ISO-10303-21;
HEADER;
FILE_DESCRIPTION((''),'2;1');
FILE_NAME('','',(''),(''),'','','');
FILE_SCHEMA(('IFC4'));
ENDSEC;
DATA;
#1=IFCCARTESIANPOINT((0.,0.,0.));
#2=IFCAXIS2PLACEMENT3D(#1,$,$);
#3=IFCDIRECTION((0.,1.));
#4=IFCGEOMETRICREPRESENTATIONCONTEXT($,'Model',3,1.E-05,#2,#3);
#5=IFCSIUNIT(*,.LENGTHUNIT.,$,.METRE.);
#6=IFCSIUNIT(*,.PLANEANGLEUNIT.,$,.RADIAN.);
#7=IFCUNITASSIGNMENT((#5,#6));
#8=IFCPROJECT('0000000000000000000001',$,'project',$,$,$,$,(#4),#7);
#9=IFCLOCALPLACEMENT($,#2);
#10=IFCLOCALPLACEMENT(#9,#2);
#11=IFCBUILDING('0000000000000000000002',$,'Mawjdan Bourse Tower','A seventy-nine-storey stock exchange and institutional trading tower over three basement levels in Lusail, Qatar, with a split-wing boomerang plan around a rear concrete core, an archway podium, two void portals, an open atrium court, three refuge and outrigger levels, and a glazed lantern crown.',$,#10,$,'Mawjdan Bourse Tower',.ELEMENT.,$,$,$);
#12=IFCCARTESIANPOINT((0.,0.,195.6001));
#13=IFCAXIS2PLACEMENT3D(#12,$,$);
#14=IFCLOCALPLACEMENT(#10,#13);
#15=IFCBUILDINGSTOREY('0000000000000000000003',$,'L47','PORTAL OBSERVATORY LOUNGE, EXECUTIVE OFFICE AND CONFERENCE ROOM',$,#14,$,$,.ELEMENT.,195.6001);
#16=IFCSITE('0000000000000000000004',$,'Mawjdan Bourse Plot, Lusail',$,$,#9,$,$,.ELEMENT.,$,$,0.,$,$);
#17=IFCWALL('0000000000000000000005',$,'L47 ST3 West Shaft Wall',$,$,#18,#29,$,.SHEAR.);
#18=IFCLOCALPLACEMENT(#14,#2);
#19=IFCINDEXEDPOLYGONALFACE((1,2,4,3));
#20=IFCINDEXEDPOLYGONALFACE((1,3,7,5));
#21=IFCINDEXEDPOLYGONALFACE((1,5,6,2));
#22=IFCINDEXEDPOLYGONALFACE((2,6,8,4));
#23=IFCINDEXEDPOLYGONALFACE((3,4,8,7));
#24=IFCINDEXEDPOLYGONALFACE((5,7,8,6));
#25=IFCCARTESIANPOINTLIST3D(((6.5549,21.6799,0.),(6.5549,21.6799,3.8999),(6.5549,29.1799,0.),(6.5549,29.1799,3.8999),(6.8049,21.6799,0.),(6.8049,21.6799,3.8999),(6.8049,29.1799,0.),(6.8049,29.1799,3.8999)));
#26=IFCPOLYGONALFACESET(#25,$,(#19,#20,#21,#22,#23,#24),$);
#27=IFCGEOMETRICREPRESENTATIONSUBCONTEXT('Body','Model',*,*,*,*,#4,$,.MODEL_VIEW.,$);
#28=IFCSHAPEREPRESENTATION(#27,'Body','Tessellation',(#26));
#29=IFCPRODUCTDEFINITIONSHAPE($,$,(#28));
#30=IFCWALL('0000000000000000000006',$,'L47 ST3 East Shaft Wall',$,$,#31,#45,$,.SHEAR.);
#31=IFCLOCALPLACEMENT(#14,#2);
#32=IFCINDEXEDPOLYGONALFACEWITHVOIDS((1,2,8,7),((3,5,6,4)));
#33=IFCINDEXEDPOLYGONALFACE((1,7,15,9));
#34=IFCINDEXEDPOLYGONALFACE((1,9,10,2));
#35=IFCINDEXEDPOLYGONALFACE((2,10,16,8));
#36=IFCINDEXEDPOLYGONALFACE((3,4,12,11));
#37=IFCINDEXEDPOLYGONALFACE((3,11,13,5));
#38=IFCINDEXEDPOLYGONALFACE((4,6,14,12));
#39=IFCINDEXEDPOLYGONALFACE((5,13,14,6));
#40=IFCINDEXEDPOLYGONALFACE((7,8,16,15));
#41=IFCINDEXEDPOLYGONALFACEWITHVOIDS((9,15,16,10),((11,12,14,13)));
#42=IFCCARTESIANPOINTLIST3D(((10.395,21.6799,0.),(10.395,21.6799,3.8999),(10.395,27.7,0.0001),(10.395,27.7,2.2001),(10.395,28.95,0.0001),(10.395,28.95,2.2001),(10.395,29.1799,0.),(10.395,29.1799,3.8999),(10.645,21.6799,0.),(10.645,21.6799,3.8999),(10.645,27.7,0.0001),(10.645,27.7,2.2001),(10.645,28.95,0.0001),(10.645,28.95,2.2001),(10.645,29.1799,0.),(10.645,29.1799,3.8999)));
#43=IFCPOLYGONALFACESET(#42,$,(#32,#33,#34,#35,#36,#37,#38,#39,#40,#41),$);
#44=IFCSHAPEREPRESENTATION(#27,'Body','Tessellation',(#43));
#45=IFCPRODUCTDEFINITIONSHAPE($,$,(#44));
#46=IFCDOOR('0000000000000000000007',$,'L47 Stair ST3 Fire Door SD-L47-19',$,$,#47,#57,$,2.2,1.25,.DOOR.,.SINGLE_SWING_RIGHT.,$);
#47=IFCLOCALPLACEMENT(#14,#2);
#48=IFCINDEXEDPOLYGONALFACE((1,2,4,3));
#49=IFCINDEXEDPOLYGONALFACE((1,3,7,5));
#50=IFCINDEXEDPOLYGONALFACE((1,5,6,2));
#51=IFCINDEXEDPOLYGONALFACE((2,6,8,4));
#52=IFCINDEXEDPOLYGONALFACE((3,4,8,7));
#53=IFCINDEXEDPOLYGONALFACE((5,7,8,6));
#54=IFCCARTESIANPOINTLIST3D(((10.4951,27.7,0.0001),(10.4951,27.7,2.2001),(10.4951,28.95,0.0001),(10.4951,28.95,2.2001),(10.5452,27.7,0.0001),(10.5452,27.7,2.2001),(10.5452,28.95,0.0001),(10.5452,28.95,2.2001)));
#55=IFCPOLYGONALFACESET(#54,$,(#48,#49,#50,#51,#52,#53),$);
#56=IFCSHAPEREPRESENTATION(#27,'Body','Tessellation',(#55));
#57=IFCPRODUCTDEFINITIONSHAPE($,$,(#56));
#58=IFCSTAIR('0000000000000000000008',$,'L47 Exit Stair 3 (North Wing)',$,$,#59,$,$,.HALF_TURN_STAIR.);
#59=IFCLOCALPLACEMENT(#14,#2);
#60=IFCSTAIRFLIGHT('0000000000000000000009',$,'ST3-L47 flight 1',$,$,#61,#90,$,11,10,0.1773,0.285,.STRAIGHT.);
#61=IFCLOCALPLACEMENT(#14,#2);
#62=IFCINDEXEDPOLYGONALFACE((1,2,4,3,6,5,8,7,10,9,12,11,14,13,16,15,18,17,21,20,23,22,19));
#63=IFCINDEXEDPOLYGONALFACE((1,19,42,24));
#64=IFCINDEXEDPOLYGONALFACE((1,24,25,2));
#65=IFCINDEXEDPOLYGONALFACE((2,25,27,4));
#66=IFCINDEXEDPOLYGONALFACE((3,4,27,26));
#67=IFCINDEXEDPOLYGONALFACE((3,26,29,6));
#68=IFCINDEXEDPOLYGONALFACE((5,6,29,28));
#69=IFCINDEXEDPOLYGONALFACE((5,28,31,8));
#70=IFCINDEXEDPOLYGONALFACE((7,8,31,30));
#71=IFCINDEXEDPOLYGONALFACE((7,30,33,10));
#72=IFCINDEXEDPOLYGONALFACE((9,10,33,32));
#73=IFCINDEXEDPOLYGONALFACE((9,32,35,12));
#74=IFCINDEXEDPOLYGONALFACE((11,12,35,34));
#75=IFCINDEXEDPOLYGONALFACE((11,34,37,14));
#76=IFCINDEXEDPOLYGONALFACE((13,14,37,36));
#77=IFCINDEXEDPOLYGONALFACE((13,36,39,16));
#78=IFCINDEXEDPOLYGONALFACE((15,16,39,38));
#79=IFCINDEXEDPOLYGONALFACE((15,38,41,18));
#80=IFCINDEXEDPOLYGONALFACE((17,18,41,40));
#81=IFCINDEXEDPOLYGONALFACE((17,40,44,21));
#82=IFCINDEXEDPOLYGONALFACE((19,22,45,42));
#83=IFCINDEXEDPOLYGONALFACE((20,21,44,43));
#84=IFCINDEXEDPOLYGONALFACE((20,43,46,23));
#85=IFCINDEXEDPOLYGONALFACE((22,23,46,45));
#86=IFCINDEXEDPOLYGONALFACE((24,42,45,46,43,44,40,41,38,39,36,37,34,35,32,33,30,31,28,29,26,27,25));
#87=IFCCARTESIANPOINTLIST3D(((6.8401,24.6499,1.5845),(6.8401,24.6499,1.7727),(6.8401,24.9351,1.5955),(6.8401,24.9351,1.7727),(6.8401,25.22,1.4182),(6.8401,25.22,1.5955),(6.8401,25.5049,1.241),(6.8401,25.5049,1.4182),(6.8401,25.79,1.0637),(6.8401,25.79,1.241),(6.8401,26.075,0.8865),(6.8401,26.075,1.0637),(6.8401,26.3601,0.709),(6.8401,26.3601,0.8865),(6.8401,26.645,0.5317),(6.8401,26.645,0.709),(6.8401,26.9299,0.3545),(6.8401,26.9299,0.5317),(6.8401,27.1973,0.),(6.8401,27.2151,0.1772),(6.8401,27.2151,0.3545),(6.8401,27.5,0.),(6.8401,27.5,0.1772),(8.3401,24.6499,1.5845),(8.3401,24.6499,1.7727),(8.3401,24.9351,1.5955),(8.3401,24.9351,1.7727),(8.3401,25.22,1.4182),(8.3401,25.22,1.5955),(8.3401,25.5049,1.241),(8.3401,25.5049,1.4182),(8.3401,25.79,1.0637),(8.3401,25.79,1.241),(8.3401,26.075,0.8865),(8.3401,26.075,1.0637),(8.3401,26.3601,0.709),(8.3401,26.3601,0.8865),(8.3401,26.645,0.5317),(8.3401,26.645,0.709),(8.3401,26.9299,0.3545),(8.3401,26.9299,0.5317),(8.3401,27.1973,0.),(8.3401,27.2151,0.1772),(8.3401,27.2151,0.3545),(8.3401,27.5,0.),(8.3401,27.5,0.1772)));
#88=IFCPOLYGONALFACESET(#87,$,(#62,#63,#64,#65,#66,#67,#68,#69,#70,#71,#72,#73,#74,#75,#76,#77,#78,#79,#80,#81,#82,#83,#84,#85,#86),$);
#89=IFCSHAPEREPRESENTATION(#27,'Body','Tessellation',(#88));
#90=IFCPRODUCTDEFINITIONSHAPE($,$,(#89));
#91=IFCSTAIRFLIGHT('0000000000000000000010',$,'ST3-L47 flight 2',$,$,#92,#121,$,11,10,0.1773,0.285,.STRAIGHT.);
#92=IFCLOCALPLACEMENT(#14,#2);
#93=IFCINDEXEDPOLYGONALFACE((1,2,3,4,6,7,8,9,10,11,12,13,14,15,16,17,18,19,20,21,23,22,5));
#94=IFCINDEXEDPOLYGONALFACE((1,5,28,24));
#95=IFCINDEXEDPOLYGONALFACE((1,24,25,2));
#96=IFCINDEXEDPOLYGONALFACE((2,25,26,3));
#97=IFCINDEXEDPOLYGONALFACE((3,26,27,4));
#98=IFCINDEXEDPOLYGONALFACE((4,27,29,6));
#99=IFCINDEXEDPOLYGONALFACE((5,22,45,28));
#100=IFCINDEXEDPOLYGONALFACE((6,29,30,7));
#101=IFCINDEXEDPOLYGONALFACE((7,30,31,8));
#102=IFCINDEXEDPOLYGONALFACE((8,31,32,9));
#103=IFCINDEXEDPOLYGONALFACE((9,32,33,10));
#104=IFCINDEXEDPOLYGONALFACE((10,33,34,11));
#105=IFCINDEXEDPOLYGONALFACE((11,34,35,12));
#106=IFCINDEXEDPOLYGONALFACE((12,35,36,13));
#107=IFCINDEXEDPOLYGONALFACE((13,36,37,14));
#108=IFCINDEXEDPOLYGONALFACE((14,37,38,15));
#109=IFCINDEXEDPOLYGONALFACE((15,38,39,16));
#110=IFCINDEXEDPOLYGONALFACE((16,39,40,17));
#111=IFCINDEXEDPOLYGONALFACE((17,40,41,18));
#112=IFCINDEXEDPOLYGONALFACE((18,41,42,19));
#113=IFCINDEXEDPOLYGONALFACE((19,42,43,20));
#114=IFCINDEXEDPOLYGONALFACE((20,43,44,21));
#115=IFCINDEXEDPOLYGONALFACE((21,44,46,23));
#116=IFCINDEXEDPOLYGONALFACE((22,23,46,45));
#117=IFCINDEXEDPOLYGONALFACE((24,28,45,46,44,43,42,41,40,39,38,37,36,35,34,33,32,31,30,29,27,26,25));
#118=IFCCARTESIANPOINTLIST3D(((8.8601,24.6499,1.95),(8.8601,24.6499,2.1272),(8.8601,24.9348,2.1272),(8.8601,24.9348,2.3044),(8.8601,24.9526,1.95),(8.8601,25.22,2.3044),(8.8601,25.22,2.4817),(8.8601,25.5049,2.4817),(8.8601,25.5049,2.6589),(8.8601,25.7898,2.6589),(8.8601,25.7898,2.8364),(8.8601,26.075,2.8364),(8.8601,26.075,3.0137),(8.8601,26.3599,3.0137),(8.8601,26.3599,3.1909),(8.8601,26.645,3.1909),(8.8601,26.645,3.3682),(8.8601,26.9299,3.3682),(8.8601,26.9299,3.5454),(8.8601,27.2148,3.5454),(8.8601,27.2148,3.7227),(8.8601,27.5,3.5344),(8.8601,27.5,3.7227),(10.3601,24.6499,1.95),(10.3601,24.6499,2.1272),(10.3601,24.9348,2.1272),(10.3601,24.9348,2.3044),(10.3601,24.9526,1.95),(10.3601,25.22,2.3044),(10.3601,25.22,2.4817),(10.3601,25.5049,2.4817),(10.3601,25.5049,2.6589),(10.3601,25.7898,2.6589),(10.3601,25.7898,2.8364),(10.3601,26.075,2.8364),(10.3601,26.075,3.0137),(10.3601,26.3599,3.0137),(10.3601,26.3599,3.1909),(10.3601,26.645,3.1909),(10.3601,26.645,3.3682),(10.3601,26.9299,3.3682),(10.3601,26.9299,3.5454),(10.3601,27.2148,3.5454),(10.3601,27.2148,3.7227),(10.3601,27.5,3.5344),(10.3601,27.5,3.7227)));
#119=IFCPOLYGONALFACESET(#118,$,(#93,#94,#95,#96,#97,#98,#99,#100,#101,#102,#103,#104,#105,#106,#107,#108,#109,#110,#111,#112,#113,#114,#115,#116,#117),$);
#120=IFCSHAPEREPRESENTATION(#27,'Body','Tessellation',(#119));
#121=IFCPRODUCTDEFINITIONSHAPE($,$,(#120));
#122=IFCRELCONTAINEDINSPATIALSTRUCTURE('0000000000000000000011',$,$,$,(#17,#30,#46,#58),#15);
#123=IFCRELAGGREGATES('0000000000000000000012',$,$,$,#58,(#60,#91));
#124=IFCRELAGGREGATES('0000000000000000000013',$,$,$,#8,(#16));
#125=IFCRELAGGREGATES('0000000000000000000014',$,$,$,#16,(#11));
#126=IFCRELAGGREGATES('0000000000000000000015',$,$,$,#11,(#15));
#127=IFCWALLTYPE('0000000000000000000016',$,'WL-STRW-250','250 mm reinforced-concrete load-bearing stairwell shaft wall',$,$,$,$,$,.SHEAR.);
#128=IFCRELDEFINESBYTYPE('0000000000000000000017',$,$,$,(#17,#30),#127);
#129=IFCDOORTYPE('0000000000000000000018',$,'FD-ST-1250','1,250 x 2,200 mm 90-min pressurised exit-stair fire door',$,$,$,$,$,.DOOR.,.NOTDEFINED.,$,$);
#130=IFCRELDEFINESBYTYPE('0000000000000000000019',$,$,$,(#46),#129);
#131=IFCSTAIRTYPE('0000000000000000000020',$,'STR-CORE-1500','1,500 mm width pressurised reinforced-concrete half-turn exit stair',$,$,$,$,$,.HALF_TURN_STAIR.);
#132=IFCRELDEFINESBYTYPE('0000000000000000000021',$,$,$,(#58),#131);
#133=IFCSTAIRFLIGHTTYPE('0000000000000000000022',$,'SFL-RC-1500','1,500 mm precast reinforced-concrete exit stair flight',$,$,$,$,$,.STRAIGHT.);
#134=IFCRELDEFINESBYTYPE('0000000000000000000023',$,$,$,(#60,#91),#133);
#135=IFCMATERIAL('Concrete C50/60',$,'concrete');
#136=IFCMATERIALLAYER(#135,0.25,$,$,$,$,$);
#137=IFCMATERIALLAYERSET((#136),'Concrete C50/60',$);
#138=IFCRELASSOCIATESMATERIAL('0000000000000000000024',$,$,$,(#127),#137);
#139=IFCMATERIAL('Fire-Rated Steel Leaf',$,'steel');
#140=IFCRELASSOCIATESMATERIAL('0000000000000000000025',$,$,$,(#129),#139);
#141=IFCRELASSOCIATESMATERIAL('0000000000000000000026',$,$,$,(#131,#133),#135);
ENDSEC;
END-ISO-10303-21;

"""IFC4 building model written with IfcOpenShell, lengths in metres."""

from ifc_helpers import new_model, si_unit, direction, frame, frame_2d, origin, place, context, subcontext, project, spatial, polyline, rectangle, outline, extrude, material, layer, layer_set, type_object, element, fill, aggregate, save


model = new_model("IFC4")

# Units and contexts
model_context = context("Model", 3, precision=1e-05, world=origin(), true_north=direction((0.0, 1.0)))
body_context = subcontext(model_context, "Body", "Model", "MODEL_VIEW")
ifc_project = project(units=[si_unit("LENGTHUNIT", "METRE"), si_unit("PLANEANGLEUNIT", "RADIAN")], contexts=[model_context])

# Site, building, storey
site_placement = place(None, origin())
site = spatial("IfcSite", under=ifc_project, at=site_placement, Name="Mawjdan Bourse Plot, Lusail", CompositionType="ELEMENT", RefElevation=0.0)
building_placement = place(site_placement, origin())
building = spatial("IfcBuilding", under=site, at=building_placement, Name="Mawjdan Bourse Tower", Description="A seventy-nine-storey stock exchange and institutional trading tower over three basement levels in Lusail, Qatar, with a split-wing boomerang plan around a rear concrete core, an archway podium, two void portals, an open atrium court, three refuge and outrigger levels, and a glazed lantern crown.", LongName="Mawjdan Bourse Tower", CompositionType="ELEMENT")
storey_placement = place(building_placement, frame((0.0, 0.0, 195.6001)))
storey = spatial("IfcBuildingStorey", under=building, at=storey_placement, Name="L47", Description="PORTAL OBSERVATORY LOUNGE, EXECUTIVE OFFICE AND CONFERENCE ROOM", CompositionType="ELEMENT", Elevation=195.6001)

# Wall
ifc_material_1 = material(Name="Concrete C50/60", Category="concrete")
ifc_layer_1 = layer(ifc_material_1, 0.25)
ifc_layer_set_1 = layer_set([ifc_layer_1], Name="Concrete C50/60")
wall_type_1 = type_object("IfcWallType", Name="WL-STRW-250", Description="250 mm reinforced-concrete load-bearing stairwell shaft wall", PredefinedType="SHEAR", material=ifc_layer_set_1)
wall_1_placement = place(storey_placement, frame((6.6799, 21.6799, 0.0), z_axis=(0.0, 0.0, 1.0), x_axis=(0.0, 1.0, 0.0)))
element("IfcWall", 1, at=wall_1_placement, inside=storey, type_object=wall_type_1, Name="L47 ST3 West Shaft Wall", PredefinedType="SHEAR", context=body_context, shape_type="SweptSolid", body=[
    extrude(rectangle(XDim=7.5, YDim=0.25, at=frame_2d((3.75, 0.0))), origin(), (0.0, 0.0, 1.0), 3.8999),
])

# Wall, opening, door
wall_2_placement = place(storey_placement, frame((10.52, 21.6799, 0.0), z_axis=(0.0, 0.0, 1.0), x_axis=(0.0, 1.0, 0.0)))
wall_2 = element("IfcWall", 2, at=wall_2_placement, inside=storey, type_object=wall_type_1, Name="L47 ST3 East Shaft Wall", PredefinedType="SHEAR", context=body_context, shape_type="SweptSolid", body=[
    extrude(rectangle(XDim=7.5, YDim=0.25, at=frame_2d((3.75, 0.0))), origin(), (0.0, 0.0, 1.0), 3.8999),
])
opening_1_placement = place(wall_2_placement, frame((6.02, 0.0, 0.0)))
opening_1 = element("IfcOpeningElement", 3, at=opening_1_placement, cuts=wall_2, PredefinedType="OPENING", context=body_context, shape_type="SweptSolid", body=[
    extrude(rectangle(XDim=1.25, YDim=2.2, at=frame_2d((0.625, 1.1001))), frame((0.0, 0.135, 0.0), z_axis=(0.0, -1.0, 0.0), x_axis=(1.0, 0.0, 0.0)), (0.0, 0.0, 1.0), 0.27),
])
ifc_material_2 = material(Name="Fire-Rated Steel Leaf", Category="steel")
door_type_1 = type_object("IfcDoorType", Name="FD-ST-1250", Description="1,250 x 2,200 mm 90-min pressurised exit-stair fire door", OperationType="NOTDEFINED", PredefinedType="DOOR", material=ifc_material_2)
door_1_placement = place(opening_1_placement, origin())
door_1 = element("IfcDoor", 4, at=door_1_placement, inside=storey, type_object=door_type_1, Name="L47 Stair ST3 Fire Door SD-L47-19", OperationType="SINGLE_SWING_RIGHT", OverallHeight=2.2, OverallWidth=1.25, PredefinedType="DOOR", context=body_context, shape_type="SweptSolid", body=[
    extrude(rectangle(XDim=1.25, YDim=2.2, at=frame_2d((0.625, 1.1001))), frame((0.0, 0.0249, 0.0), z_axis=(0.0, -1.0, 0.0), x_axis=(1.0, 0.0, 0.0)), (0.0, 0.0, 1.0), 0.05),
])
fill(opening_1, door_1)

# Stair, stair flights
stair_type = type_object("IfcStairType", Name="STR-CORE-1500", Description="1,500 mm width pressurised reinforced-concrete half-turn exit stair", PredefinedType="HALF_TURN_STAIR", material=ifc_material_1)
stair_placement = place(storey_placement, origin())
stair = element("IfcStair", 5, at=stair_placement, inside=storey, type_object=stair_type, Name="L47 Exit Stair 3 (North Wing)", PredefinedType="HALF_TURN_STAIR")
stair_flight_type = type_object("IfcStairFlightType", Name="SFL-RC-1500", Description="1,500 mm precast reinforced-concrete exit stair flight", PredefinedType="STRAIGHT", material=ifc_material_1)
stair_flight_1_placement = place(storey_placement, frame((7.5901, 27.5, 0.0), z_axis=(0.0, 0.0, 1.0), x_axis=(0.0, -1.0, 0.0)))
stair_flight_1 = element("IfcStairFlight", 6, at=stair_flight_1_placement, type_object=stair_flight_type, Name="ST3-L47 flight 1", NumberOfRisers=11, NumberOfTreads=10, PredefinedType="STRAIGHT", RiserHeight=0.1773, TreadLength=0.285, context=body_context, shape_type="SweptSolid", body=[
    extrude(outline(polyline([(0.0, 0.0), (0.0, 0.1772), (0.2849, 0.1772), (0.2849, 0.3545), (0.5701, 0.3545), (0.5701, 0.5317), (0.855, 0.5317), (0.855, 0.709), (1.1399, 0.709), (1.1399, 0.8865), (1.425, 0.8865), (1.425, 1.0637), (1.71, 1.0637), (1.71, 1.241), (1.9951, 1.241), (1.9951, 1.4182), (2.28, 1.4182), (2.28, 1.5955), (2.5649, 1.5955), (2.5649, 1.7727), (2.8501, 1.7727), (2.8501, 1.95), (2.8501, 1.5845), (0.3027, 0.0), (0.0, 0.0)])), frame((0.0, 0.75, 0.0), z_axis=(0.0, -1.0, 0.0), x_axis=(1.0, 0.0, 0.0)), (0.0, 0.0, 1.0), 1.5),
])
stair_flight_2_placement = place(storey_placement, frame((9.6101, 24.6499, 1.95), z_axis=(0.0, 0.0, 1.0), x_axis=(0.0, 1.0, 0.0)))
stair_flight_2 = element("IfcStairFlight", 7, at=stair_flight_2_placement, type_object=stair_flight_type, Name="ST3-L47 flight 2", NumberOfRisers=11, NumberOfTreads=10, PredefinedType="STRAIGHT", RiserHeight=0.1773, TreadLength=0.285, context=body_context, shape_type="SweptSolid", body=[
    extrude(outline(polyline([(0.0, 0.0), (0.0, 0.1772), (0.2849, 0.1772), (0.2849, 0.3545), (0.5701, 0.3545), (0.5701, 0.5317), (0.855, 0.5317), (0.855, 0.709), (1.1399, 0.709), (1.1399, 0.8865), (1.425, 0.8865), (1.425, 1.0637), (1.71, 1.0637), (1.71, 1.241), (1.9951, 1.241), (1.9951, 1.4182), (2.28, 1.4182), (2.28, 1.5955), (2.5649, 1.5955), (2.5649, 1.7727), (2.8501, 1.7727), (2.8501, 1.95), (2.8501, 1.5845), (0.3027, 0.0), (0.0, 0.0)])), frame((0.0, 0.75, 0.0), z_axis=(0.0, -1.0, 0.0), x_axis=(1.0, 0.0, 0.0)), (0.0, 0.0, 1.0), 1.5),
])
aggregate(stair, [stair_flight_1, stair_flight_2])

save(model, "model.ifc")
